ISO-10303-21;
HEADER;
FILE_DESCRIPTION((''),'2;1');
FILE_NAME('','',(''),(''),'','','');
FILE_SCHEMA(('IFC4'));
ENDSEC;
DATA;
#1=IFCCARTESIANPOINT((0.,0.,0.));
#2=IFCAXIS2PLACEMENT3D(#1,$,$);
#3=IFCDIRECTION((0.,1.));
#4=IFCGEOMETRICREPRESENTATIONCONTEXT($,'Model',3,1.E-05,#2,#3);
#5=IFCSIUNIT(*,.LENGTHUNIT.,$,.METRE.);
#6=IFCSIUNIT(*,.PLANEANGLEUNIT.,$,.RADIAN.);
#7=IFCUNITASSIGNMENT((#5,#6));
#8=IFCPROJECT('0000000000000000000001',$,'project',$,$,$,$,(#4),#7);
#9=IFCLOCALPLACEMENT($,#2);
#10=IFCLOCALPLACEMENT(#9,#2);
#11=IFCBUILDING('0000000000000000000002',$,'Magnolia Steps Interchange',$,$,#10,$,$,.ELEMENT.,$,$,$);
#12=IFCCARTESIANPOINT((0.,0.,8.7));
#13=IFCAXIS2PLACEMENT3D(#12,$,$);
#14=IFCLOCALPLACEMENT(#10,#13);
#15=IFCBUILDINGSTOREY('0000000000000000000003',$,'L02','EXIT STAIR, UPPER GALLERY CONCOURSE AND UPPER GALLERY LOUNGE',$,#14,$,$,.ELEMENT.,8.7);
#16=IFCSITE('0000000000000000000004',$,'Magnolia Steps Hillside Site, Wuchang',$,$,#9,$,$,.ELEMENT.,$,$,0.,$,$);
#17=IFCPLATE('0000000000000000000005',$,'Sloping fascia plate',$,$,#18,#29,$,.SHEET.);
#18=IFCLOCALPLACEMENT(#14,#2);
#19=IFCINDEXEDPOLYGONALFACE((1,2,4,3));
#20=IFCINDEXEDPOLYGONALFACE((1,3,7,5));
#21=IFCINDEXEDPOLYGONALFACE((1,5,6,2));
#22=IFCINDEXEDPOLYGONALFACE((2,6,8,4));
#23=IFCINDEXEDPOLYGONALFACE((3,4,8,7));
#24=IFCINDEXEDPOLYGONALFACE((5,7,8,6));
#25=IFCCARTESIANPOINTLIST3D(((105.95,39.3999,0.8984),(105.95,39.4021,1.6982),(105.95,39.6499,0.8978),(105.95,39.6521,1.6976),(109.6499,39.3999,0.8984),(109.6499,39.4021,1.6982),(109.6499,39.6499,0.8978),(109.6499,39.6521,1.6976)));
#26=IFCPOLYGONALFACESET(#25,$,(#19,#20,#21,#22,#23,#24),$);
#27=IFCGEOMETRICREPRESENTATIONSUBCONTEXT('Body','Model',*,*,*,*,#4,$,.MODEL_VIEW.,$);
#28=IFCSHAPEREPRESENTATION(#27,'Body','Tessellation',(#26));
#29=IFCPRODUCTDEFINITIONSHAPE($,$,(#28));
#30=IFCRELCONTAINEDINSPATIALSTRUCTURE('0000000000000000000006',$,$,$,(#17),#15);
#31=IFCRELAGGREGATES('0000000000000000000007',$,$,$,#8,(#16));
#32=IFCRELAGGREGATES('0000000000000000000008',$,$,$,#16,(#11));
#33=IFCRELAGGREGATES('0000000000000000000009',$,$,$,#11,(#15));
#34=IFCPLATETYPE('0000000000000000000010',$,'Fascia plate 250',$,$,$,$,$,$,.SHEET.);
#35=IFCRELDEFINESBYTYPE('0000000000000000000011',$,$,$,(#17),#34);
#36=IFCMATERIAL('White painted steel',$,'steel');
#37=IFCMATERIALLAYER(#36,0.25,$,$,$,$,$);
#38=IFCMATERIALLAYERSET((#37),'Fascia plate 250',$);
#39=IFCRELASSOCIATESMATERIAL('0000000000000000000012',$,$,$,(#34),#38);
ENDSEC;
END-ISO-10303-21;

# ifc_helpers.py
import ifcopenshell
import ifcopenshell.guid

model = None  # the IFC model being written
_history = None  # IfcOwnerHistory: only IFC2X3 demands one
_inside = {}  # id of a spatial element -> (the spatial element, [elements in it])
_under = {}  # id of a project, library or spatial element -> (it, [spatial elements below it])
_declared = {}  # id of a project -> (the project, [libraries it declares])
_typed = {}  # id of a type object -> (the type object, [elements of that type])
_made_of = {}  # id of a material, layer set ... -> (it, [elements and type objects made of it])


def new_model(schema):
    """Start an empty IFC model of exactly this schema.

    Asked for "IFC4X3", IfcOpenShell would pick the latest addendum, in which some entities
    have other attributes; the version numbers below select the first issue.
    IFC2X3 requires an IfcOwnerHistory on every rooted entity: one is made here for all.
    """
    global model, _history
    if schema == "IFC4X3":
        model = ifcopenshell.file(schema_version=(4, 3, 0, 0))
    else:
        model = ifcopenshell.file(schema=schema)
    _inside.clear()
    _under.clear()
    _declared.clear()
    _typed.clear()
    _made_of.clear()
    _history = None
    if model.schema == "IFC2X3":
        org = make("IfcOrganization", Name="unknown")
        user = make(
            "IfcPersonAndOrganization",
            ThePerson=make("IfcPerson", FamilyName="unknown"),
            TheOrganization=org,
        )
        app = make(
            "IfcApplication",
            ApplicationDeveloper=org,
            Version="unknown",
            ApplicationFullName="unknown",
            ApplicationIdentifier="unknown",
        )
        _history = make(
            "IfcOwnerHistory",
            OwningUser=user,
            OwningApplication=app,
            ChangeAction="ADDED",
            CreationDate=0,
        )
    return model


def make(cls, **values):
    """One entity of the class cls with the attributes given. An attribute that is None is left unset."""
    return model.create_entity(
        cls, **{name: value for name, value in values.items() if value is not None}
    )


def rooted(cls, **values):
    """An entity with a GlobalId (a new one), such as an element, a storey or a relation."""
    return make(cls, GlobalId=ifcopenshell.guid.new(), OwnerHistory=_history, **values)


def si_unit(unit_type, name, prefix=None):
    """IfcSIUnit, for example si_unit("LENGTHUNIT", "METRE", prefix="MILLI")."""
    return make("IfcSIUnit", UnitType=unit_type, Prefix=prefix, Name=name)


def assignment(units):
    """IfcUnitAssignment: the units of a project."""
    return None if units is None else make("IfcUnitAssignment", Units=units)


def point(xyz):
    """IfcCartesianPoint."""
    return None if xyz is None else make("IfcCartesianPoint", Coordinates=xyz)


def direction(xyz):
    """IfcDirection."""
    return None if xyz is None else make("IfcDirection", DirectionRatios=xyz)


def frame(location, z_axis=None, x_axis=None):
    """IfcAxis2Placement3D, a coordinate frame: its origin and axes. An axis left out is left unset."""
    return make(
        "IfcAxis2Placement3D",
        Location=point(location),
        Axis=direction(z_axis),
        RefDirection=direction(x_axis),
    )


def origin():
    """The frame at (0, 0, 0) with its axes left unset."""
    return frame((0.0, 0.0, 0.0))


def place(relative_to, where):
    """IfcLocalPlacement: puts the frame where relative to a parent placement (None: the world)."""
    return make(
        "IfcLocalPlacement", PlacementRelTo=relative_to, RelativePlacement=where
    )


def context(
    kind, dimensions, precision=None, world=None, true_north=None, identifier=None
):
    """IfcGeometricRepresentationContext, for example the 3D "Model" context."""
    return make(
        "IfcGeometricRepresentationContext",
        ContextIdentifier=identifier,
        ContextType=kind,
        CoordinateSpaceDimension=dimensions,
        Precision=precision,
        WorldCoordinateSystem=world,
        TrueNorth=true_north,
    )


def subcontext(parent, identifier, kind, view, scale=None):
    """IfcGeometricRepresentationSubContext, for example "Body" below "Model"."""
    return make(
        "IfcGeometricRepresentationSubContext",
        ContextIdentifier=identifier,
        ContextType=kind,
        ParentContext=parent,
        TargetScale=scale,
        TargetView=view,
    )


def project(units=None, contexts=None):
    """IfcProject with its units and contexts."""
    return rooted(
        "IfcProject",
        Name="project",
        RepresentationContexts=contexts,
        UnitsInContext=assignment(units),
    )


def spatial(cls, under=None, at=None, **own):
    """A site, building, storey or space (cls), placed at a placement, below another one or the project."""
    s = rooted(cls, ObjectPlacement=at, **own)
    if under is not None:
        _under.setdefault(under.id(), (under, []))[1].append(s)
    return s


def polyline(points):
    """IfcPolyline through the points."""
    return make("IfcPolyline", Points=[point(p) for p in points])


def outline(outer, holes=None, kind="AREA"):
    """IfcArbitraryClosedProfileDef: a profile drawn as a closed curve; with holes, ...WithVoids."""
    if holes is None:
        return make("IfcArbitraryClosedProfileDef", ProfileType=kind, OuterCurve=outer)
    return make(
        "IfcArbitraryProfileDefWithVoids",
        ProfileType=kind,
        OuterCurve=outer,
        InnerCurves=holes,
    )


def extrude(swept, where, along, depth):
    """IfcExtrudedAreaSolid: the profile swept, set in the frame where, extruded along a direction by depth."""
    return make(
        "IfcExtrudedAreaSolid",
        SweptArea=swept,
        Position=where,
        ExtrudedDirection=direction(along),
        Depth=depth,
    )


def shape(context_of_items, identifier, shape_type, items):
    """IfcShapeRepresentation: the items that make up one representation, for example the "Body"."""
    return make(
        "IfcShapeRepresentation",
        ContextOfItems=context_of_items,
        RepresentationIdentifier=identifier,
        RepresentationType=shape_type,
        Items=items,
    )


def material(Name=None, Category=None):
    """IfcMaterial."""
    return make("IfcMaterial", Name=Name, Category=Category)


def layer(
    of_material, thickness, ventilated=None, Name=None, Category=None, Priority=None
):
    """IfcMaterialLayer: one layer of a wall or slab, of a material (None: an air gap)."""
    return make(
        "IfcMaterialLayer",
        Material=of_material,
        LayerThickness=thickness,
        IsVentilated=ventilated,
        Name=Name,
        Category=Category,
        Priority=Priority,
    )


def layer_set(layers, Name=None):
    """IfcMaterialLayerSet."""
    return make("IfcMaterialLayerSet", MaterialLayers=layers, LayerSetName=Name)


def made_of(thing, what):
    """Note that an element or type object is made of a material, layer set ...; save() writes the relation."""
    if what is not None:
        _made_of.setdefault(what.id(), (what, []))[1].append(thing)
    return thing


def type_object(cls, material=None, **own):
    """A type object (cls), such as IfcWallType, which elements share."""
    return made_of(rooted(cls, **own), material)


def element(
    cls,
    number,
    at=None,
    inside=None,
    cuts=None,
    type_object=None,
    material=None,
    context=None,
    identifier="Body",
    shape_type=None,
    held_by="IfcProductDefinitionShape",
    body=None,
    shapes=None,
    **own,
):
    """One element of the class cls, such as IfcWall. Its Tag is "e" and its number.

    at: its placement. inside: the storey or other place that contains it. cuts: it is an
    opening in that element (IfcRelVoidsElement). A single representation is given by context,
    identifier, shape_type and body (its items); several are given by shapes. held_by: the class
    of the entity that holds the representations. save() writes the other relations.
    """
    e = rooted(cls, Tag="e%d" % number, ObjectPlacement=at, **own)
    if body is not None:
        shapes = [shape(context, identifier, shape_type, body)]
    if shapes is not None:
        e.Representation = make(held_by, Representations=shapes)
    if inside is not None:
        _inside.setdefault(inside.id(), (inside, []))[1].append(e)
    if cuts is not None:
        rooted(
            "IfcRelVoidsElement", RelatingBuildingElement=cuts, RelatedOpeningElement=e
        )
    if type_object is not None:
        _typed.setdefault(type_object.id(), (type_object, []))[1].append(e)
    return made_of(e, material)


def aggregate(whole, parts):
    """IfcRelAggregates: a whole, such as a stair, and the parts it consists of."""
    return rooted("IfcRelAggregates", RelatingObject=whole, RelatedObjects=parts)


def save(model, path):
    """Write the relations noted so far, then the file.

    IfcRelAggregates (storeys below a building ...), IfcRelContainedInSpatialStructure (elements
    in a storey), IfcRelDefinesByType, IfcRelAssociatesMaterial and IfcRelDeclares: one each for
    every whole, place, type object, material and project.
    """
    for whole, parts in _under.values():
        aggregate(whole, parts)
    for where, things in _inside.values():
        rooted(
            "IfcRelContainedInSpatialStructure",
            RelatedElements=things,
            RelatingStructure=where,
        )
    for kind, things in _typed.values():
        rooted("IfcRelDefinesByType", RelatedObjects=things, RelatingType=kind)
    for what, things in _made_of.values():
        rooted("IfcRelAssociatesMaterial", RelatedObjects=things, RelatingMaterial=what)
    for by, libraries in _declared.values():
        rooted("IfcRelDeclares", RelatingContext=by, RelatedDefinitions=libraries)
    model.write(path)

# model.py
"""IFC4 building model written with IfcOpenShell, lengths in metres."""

from ifc_helpers import new_model, si_unit, direction, frame, origin, place, context, subcontext, project, spatial, polyline, outline, extrude, material, layer, layer_set, type_object, element, save


model = new_model("IFC4")

# Units and contexts
model_context = context("Model", 3, precision=1e-05, world=origin(), true_north=direction((0.0, 1.0)))
body_context = subcontext(model_context, "Body", "Model", "MODEL_VIEW")
ifc_project = project(units=[si_unit("LENGTHUNIT", "METRE"), si_unit("PLANEANGLEUNIT", "RADIAN")], contexts=[model_context])

# Site, building, storey
site_placement = place(None, origin())
site = spatial("IfcSite", under=ifc_project, at=site_placement, Name="Magnolia Steps Hillside Site, Wuchang", CompositionType="ELEMENT", RefElevation=0.0)
building_placement = place(site_placement, origin())
building = spatial("IfcBuilding", under=site, at=building_placement, Name="Magnolia Steps Interchange", CompositionType="ELEMENT")
storey_placement = place(building_placement, frame((0.0, 0.0, 8.7)))
storey = spatial("IfcBuildingStorey", under=building, at=storey_placement, Name="L02", Description="EXIT STAIR, UPPER GALLERY CONCOURSE AND UPPER GALLERY LOUNGE", CompositionType="ELEMENT", Elevation=8.7)

# Plate
ifc_material_1 = material(Name="White painted steel", Category="steel")
ifc_layer_1 = layer(ifc_material_1, 0.25)
ifc_layer_set_1 = layer_set([ifc_layer_1], Name="Fascia plate 250")
plate_type_1 = type_object("IfcPlateType", Name="Fascia plate 250", PredefinedType="SHEET", material=ifc_layer_set_1)
plate_1_placement = place(storey_placement, frame((105.95, 39.3999, 0.8984), z_axis=(0.0, -0.999996, 0.002747), x_axis=(1.0, 0.0, 0.0)))
element("IfcPlate", 1, at=plate_1_placement, inside=storey, type_object=plate_type_1, Name="Sloping fascia plate", PredefinedType="SHEET", context=body_context, shape_type="SweptSolid", body=[
    extrude(outline(polyline([(0.0, 0.0), (3.7, 0.0), (3.7, 0.7998), (0.0, 0.7998), (0.0, 0.0)])), origin(), (0.0, 0.0, -1.0), 0.25),
])

save(model, "model.ifc")
